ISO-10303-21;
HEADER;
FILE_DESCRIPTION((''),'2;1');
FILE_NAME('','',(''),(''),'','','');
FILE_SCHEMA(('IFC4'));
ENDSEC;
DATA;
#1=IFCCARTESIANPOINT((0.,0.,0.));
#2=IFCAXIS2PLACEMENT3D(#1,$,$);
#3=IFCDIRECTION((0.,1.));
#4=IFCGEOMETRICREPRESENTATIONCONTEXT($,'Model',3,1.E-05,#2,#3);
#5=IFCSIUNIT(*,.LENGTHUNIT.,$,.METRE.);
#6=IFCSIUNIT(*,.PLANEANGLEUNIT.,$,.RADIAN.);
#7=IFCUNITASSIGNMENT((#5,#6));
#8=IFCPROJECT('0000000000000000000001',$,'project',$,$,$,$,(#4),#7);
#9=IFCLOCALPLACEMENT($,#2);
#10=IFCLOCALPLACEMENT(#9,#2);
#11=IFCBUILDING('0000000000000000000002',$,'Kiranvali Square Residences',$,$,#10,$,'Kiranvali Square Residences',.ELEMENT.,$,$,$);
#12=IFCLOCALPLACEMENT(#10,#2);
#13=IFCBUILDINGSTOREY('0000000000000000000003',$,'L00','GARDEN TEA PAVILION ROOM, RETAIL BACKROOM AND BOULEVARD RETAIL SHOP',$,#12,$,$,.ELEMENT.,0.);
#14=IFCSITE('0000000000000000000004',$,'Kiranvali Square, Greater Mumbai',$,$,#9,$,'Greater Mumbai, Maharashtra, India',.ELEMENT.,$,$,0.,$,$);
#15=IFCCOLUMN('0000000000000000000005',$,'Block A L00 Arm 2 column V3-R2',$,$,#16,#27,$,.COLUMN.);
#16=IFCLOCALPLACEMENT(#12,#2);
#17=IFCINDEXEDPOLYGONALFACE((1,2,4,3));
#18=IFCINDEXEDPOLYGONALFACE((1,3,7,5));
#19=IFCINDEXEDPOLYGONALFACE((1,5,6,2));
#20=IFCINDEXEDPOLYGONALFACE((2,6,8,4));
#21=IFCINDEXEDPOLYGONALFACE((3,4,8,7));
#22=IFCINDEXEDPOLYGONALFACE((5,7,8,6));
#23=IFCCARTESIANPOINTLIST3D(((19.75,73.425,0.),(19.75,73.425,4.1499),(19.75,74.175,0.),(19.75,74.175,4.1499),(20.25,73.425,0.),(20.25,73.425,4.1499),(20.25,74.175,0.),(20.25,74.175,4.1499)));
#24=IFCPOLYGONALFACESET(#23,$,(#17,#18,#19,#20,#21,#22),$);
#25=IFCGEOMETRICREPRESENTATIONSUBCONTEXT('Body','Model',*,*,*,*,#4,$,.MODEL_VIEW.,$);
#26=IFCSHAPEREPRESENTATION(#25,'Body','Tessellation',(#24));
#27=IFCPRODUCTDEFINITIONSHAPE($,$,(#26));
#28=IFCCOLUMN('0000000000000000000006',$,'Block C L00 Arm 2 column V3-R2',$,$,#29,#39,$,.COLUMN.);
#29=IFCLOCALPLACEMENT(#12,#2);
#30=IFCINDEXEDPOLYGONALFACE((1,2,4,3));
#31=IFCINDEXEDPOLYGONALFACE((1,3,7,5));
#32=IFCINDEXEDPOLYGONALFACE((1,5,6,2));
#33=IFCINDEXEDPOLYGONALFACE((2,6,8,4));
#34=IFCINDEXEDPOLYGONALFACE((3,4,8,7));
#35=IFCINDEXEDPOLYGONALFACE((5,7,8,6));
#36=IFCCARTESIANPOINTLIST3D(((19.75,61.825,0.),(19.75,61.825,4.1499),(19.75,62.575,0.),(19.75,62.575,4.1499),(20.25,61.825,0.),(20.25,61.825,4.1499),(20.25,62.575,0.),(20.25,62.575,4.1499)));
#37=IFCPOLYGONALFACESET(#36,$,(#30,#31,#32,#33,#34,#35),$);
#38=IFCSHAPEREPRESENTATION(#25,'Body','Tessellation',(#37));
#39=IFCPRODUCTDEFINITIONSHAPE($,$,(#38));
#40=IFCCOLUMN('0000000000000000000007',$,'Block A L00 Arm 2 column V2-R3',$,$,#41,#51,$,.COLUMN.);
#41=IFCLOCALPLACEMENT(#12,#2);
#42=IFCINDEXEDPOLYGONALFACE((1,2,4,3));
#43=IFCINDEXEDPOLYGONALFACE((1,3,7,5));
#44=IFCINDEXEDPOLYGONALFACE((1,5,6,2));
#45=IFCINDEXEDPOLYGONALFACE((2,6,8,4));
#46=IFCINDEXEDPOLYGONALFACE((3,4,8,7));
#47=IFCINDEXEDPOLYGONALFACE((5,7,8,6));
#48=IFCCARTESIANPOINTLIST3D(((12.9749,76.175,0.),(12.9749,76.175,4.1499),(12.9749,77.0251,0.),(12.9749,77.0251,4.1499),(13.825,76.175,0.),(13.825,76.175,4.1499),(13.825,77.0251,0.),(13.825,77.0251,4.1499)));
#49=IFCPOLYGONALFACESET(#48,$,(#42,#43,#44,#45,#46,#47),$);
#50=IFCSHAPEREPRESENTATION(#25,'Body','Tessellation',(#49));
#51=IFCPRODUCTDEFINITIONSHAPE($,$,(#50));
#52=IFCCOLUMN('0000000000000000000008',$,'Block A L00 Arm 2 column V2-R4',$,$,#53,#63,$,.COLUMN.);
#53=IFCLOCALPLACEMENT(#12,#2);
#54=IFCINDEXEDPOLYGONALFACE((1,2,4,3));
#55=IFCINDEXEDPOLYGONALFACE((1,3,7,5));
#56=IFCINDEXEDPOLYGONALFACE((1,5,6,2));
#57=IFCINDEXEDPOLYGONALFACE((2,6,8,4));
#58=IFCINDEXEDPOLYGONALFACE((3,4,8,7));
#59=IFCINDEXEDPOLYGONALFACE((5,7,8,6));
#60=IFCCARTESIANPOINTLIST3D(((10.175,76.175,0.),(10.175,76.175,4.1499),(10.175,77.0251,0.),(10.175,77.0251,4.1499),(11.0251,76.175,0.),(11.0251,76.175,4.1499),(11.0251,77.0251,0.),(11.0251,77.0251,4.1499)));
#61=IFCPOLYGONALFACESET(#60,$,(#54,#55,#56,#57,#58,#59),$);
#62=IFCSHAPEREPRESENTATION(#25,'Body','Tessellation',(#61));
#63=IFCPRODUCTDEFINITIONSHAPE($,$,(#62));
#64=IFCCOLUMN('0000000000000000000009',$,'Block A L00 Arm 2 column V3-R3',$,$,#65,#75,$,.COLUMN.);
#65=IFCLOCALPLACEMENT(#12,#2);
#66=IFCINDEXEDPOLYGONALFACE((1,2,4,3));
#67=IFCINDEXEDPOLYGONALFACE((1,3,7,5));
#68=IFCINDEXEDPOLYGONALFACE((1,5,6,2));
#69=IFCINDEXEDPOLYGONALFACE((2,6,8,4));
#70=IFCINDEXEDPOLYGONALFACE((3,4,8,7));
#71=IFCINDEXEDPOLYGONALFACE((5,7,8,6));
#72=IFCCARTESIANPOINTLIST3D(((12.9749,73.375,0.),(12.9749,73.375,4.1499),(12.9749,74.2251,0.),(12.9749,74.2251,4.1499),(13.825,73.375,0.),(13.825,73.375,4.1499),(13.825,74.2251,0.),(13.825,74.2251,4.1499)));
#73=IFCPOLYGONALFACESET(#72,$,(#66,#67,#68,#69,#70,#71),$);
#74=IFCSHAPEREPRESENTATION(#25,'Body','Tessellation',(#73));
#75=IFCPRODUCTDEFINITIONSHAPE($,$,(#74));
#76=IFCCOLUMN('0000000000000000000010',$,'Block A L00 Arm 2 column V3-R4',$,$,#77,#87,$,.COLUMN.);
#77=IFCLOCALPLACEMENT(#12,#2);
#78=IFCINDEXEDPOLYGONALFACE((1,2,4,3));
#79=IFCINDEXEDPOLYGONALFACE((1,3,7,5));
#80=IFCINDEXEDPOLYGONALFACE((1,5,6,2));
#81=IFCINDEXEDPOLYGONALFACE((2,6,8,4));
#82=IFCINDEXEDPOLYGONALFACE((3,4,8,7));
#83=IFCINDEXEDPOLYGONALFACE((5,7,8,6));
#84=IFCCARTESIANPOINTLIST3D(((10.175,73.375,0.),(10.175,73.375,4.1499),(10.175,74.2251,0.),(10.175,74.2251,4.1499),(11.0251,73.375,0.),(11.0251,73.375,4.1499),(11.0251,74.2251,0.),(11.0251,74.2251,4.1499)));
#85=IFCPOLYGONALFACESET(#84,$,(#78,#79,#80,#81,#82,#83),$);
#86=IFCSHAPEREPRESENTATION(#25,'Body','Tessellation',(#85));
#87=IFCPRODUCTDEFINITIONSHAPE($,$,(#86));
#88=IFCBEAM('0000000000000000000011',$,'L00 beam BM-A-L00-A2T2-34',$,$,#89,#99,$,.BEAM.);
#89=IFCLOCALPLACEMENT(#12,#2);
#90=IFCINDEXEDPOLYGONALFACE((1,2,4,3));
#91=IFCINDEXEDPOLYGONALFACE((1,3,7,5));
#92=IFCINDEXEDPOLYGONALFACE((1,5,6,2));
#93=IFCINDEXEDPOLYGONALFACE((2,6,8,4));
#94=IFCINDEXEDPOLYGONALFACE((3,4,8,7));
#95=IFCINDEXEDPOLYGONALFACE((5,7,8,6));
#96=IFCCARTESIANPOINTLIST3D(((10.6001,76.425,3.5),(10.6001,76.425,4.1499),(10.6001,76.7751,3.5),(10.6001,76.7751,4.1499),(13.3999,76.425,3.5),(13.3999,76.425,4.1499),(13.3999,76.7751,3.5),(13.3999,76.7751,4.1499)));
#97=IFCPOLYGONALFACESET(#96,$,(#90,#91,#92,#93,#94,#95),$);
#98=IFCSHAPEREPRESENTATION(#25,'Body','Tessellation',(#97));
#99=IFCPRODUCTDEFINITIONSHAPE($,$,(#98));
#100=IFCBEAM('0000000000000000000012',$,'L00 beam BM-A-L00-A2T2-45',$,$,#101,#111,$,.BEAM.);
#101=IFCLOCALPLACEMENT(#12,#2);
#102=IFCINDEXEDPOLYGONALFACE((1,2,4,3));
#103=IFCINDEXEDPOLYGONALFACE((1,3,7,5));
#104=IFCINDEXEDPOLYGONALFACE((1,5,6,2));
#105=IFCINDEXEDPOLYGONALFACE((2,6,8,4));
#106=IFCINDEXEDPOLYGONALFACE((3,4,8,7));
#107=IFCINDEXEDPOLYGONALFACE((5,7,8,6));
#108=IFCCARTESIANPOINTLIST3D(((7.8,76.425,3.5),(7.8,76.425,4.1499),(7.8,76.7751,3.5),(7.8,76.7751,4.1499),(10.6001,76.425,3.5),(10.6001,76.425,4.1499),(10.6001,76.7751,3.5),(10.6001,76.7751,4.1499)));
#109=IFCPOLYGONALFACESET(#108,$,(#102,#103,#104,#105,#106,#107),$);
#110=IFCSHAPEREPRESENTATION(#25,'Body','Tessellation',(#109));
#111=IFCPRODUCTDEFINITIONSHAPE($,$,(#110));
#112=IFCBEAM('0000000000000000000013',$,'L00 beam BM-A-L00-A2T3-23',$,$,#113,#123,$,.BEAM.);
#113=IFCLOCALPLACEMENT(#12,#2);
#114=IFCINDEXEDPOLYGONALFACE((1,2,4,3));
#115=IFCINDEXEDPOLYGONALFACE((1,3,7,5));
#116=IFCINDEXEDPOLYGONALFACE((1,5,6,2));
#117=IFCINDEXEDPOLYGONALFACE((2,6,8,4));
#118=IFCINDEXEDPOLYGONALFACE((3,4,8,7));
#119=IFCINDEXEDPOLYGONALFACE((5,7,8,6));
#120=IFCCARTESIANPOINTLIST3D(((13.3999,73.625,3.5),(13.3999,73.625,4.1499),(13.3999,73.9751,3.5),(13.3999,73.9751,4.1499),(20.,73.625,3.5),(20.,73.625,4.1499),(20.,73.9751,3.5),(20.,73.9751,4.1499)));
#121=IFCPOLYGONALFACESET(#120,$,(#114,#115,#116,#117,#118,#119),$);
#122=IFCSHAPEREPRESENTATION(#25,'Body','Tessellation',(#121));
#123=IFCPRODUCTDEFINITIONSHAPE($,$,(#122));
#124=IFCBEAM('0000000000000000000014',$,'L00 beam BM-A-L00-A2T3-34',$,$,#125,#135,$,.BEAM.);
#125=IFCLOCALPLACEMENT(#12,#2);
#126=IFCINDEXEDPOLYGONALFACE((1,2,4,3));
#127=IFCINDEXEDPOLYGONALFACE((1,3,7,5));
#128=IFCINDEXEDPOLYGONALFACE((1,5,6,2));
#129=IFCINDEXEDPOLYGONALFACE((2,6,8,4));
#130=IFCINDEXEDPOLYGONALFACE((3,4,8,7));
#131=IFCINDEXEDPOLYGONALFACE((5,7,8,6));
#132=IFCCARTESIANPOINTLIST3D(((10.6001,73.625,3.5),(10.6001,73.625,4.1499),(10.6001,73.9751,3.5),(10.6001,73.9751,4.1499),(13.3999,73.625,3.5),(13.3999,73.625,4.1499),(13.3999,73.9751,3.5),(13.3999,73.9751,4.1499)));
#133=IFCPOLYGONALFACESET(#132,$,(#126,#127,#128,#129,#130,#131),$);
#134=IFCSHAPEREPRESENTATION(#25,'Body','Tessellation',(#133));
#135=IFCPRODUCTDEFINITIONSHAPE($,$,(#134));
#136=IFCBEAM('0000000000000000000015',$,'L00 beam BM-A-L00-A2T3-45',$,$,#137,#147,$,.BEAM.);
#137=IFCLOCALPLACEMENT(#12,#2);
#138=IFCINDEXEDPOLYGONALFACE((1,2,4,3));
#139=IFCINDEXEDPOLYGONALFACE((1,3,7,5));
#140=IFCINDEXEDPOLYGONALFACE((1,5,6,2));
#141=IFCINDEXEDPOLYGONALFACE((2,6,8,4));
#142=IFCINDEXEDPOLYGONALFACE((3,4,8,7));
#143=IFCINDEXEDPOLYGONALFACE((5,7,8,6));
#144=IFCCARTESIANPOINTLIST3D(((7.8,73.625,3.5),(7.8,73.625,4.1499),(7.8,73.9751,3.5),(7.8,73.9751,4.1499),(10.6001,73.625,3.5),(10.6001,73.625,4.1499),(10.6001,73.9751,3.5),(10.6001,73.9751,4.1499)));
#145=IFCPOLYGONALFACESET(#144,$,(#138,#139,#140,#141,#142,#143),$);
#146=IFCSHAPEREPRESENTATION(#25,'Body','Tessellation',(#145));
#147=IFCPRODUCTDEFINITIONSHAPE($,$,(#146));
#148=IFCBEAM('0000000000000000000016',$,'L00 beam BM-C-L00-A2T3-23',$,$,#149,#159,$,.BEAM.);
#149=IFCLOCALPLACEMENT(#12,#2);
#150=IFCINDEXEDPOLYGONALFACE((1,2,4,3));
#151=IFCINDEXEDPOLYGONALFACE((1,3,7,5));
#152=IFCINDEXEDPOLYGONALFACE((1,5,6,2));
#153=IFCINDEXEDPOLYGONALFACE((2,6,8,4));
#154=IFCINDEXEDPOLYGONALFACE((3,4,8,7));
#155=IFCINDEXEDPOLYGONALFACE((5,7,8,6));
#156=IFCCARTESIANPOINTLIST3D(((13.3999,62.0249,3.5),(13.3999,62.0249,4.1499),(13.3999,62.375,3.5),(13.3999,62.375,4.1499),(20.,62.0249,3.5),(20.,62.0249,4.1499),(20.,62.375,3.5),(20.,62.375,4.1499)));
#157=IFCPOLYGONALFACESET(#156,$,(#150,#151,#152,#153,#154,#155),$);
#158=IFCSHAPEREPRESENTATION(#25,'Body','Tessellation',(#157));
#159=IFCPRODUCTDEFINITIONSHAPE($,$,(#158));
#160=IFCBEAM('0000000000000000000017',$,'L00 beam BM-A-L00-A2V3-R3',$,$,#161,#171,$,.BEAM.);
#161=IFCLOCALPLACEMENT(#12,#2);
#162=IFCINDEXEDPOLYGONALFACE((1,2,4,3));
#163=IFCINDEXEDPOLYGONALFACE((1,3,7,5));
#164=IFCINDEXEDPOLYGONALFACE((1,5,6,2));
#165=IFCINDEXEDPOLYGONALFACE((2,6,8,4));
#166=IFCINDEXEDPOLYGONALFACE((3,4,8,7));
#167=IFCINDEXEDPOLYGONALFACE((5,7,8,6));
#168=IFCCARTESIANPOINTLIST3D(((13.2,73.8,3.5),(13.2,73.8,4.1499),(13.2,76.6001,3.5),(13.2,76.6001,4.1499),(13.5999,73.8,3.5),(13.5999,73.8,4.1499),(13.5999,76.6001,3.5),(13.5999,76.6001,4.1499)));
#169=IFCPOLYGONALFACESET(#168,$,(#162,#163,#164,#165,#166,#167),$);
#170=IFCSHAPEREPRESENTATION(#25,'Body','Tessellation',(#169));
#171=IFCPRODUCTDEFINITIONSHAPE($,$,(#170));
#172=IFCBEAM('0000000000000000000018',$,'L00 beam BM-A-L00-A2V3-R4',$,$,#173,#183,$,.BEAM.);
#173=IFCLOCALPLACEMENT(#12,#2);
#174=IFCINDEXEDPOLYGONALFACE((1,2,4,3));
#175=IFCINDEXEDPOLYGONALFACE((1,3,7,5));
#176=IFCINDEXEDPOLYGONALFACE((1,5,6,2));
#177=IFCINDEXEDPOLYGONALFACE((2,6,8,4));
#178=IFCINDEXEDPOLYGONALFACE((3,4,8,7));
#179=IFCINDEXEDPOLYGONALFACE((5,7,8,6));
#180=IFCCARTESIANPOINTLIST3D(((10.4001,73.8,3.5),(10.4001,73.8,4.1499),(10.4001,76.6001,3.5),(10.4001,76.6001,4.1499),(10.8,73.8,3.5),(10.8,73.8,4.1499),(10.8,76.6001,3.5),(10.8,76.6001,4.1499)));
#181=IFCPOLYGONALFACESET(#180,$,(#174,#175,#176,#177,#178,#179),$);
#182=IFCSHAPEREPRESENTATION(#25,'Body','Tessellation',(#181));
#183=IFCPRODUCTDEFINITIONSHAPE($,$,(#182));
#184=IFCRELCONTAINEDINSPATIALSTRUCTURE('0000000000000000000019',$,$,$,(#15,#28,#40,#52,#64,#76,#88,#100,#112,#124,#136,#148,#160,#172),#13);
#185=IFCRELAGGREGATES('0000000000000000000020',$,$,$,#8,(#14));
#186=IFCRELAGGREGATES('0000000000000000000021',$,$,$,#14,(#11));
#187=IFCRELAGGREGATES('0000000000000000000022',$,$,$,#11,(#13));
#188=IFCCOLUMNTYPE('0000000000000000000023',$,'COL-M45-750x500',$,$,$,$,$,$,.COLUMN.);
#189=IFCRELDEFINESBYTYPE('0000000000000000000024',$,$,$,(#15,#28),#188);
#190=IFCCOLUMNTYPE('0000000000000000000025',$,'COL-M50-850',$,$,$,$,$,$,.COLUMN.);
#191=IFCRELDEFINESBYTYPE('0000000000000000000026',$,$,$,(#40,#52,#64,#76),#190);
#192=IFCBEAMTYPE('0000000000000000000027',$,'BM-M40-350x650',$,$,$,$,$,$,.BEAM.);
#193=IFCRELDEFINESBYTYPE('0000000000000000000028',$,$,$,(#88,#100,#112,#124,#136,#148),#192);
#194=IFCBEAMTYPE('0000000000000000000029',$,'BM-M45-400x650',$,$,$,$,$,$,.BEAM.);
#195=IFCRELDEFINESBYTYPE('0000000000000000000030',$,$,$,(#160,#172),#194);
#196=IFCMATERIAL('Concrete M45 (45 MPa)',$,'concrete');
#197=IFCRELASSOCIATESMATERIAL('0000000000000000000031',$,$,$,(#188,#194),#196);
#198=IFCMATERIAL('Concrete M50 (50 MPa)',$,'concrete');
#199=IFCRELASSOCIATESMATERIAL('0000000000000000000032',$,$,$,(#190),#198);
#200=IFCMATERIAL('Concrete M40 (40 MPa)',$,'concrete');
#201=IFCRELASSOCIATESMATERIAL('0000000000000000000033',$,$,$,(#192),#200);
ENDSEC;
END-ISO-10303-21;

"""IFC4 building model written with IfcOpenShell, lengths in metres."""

from ifc_helpers import new_model, si_unit, direction, frame, origin, origin_2d, place, context, subcontext, project, spatial, rectangle, extrude, material, material_profile, profile_set, type_object, element, save


model = new_model("IFC4")

# Units and contexts
model_context = context("Model", 3, precision=1e-05, world=origin(), true_north=direction((0.0, 1.0)))
body_context = subcontext(model_context, "Body", "Model", "MODEL_VIEW")
ifc_project = project(units=[si_unit("LENGTHUNIT", "METRE"), si_unit("PLANEANGLEUNIT", "RADIAN")], contexts=[model_context])

# Site, building, storey
site_placement = place(None, origin())
site = spatial("IfcSite", under=ifc_project, at=site_placement, Name="Kiranvali Square, Greater Mumbai", LongName="Greater Mumbai, Maharashtra, India", CompositionType="ELEMENT", RefElevation=0.0)
building_placement = place(site_placement, origin())
building = spatial("IfcBuilding", under=site, at=building_placement, Name="Kiranvali Square Residences", LongName="Kiranvali Square Residences", CompositionType="ELEMENT")
storey_placement = place(building_placement, origin())
storey = spatial("IfcBuildingStorey", under=building, at=storey_placement, Name="L00", Description="GARDEN TEA PAVILION ROOM, RETAIL BACKROOM AND BOULEVARD RETAIL SHOP", CompositionType="ELEMENT", Elevation=0.0)

# Columns
ifc_material_1 = material(Name="Concrete M45 (45 MPa)", Category="concrete")
ifc_material_profile_1 = material_profile(ifc_material_1, rectangle(XDim=0.5, YDim=0.75, at=origin_2d()), Name="RC 750x500")
ifc_profile_set_1 = profile_set([ifc_material_profile_1], Name="Concrete M45 (45 MPa)")
column_type_1 = type_object("IfcColumnType", Name="COL-M45-750x500", PredefinedType="COLUMN", material=ifc_profile_set_1)
for number, where, z_axis, x_axis, name in (
    (1, (20.0, 73.8, 0.0), (0.0, 0.0, 1.0), (1.0, 0.0, 0.0), "Block A L00 Arm 2 column V3-R2"),
    (2, (20.0, 62.2, 0.0), (0.0, 0.0, 1.0), (1.0, 0.0, 0.0), "Block C L00 Arm 2 column V3-R2"),
):
    element("IfcColumn", number, at=place(storey_placement, frame(where, z_axis=z_axis, x_axis=x_axis)), inside=storey, type_object=column_type_1, Name=name, PredefinedType="COLUMN", context=body_context, shape_type="SweptSolid", body=[
        extrude(rectangle(XDim=0.5, YDim=0.75, at=origin_2d()), origin(), (0.0, 0.0, 1.0), 4.1499),
    ])
ifc_material_2 = material(Name="Concrete M50 (50 MPa)", Category="concrete")
ifc_material_profile_2 = material_profile(ifc_material_2, rectangle(XDim=0.8501, YDim=0.8501, at=origin_2d()), Name="RC 850x850")
ifc_profile_set_2 = profile_set([ifc_material_profile_2], Name="Concrete M50 (50 MPa)")
column_type_2 = type_object("IfcColumnType", Name="COL-M50-850", PredefinedType="COLUMN", material=ifc_profile_set_2)
for number, where, z_axis, x_axis, name in (
    (3, (13.3999, 76.6001, 0.0), (0.0, 0.0, 1.0), (1.0, 0.0, 0.0), "Block A L00 Arm 2 column V2-R3"),
    (4, (10.6001, 76.6001, 0.0), (0.0, 0.0, 1.0), (1.0, 0.0, 0.0), "Block A L00 Arm 2 column V2-R4"),
    (5, (13.3999, 73.8, 0.0), (0.0, 0.0, 1.0), (1.0, 0.0, 0.0), "Block A L00 Arm 2 column V3-R3"),
    (6, (10.6001, 73.8, 0.0), (0.0, 0.0, 1.0), (1.0, 0.0, 0.0), "Block A L00 Arm 2 column V3-R4"),
):
    element("IfcColumn", number, at=place(storey_placement, frame(where, z_axis=z_axis, x_axis=x_axis)), inside=storey, type_object=column_type_2, Name=name, PredefinedType="COLUMN", context=body_context, shape_type="SweptSolid", body=[
        extrude(rectangle(XDim=0.8501, YDim=0.8501, at=origin_2d()), origin(), (0.0, 0.0, 1.0), 4.1499),
    ])

# Beams
ifc_material_3 = material(Name="Concrete M40 (40 MPa)", Category="concrete")
ifc_material_profile_3 = material_profile(ifc_material_3, rectangle(XDim=0.3501, YDim=0.6499, at=origin_2d()), Name="RC 350x650")
ifc_profile_set_3 = profile_set([ifc_material_profile_3], Name="Concrete M40 (40 MPa)")
beam_type_1 = type_object("IfcBeamType", Name="BM-M40-350x650", PredefinedType="BEAM", material=ifc_profile_set_3)
beam_1_placement = place(storey_placement, frame((13.3999, 76.6001, 3.825), z_axis=(-1.0, 0.0, 0.0), x_axis=(0.0, -1.0, 0.0)))
element("IfcBeam", 7, at=beam_1_placement, inside=storey, type_object=beam_type_1, Name="L00 beam BM-A-L00-A2T2-34", PredefinedType="BEAM", context=body_context, shape_type="SweptSolid", body=[
    extrude(rectangle(XDim=0.3501, YDim=0.6499, at=origin_2d()), origin(), (0.0, 0.0, 1.0), 2.7998),
])
beam_2_placement = place(storey_placement, frame((10.6001, 76.6001, 3.825), z_axis=(-1.0, 0.0, 0.0), x_axis=(0.0, -1.0, 0.0)))
element("IfcBeam", 8, at=beam_2_placement, inside=storey, type_object=beam_type_1, Name="L00 beam BM-A-L00-A2T2-45", PredefinedType="BEAM", context=body_context, shape_type="SweptSolid", body=[
    extrude(rectangle(XDim=0.3501, YDim=0.6499, at=origin_2d()), origin(), (0.0, 0.0, 1.0), 2.8),
])
beam_3_placement = place(storey_placement, frame((20.0, 73.8, 3.825), z_axis=(-1.0, 0.0, 0.0), x_axis=(0.0, -1.0, 0.0)))
element("IfcBeam", 9, at=beam_3_placement, inside=storey, type_object=beam_type_1, Name="L00 beam BM-A-L00-A2T3-23", PredefinedType="BEAM", context=body_context, shape_type="SweptSolid", body=[
    extrude(rectangle(XDim=0.3501, YDim=0.6499, at=origin_2d()), origin(), (0.0, 0.0, 1.0), 6.6001),
])
beam_4_placement = place(storey_placement, frame((13.3999, 73.8, 3.825), z_axis=(-1.0, 0.0, 0.0), x_axis=(0.0, -1.0, 0.0)))
element("IfcBeam", 10, at=beam_4_placement, inside=storey, type_object=beam_type_1, Name="L00 beam BM-A-L00-A2T3-34", PredefinedType="BEAM", context=body_context, shape_type="SweptSolid", body=[
    extrude(rectangle(XDim=0.3501, YDim=0.6499, at=origin_2d()), origin(), (0.0, 0.0, 1.0), 2.7998),
])
beam_5_placement = place(storey_placement, frame((10.6001, 73.8, 3.825), z_axis=(-1.0, 0.0, 0.0), x_axis=(0.0, -1.0, 0.0)))
element("IfcBeam", 11, at=beam_5_placement, inside=storey, type_object=beam_type_1, Name="L00 beam BM-A-L00-A2T3-45", PredefinedType="BEAM", context=body_context, shape_type="SweptSolid", body=[
    extrude(rectangle(XDim=0.3501, YDim=0.6499, at=origin_2d()), origin(), (0.0, 0.0, 1.0), 2.8),
])
beam_6_placement = place(storey_placement, frame((20.0, 62.2, 3.825), z_axis=(-1.0, 0.0, 0.0), x_axis=(0.0, -1.0, 0.0)))
element("IfcBeam", 12, at=beam_6_placement, inside=storey, type_object=beam_type_1, Name="L00 beam BM-C-L00-A2T3-23", PredefinedType="BEAM", context=body_context, shape_type="SweptSolid", body=[
    extrude(rectangle(XDim=0.3501, YDim=0.6499, at=origin_2d()), origin(), (0.0, 0.0, 1.0), 6.6001),
])
ifc_material_profile_4 = material_profile(ifc_material_1, rectangle(XDim=0.3999, YDim=0.6499, at=origin_2d()), Name="RC 400x650")
ifc_profile_set_4 = profile_set([ifc_material_profile_4], Name="Concrete M45 (45 MPa)")
beam_type_2 = type_object("IfcBeamType", Name="BM-M45-400x650", PredefinedType="BEAM", material=ifc_profile_set_4)
for number, where, z_axis, x_axis, name in (
    (13, (13.3999, 76.6001, 3.825), (0.0, -1.0, 0.0), (1.0, 0.0, 0.0), "L00 beam BM-A-L00-A2V3-R3"),
    (14, (10.6001, 76.6001, 3.825), (0.0, -1.0, 0.0), (1.0, 0.0, 0.0), "L00 beam BM-A-L00-A2V3-R4"),
):
    element("IfcBeam", number, at=place(storey_placement, frame(where, z_axis=z_axis, x_axis=x_axis)), inside=storey, type_object=beam_type_2, Name=name, PredefinedType="BEAM", context=body_context, shape_type="SweptSolid", body=[
        extrude(rectangle(XDim=0.3999, YDim=0.6499, at=origin_2d()), origin(), (0.0, 0.0, 1.0), 2.8),
    ])

save(model, "model.ifc")
